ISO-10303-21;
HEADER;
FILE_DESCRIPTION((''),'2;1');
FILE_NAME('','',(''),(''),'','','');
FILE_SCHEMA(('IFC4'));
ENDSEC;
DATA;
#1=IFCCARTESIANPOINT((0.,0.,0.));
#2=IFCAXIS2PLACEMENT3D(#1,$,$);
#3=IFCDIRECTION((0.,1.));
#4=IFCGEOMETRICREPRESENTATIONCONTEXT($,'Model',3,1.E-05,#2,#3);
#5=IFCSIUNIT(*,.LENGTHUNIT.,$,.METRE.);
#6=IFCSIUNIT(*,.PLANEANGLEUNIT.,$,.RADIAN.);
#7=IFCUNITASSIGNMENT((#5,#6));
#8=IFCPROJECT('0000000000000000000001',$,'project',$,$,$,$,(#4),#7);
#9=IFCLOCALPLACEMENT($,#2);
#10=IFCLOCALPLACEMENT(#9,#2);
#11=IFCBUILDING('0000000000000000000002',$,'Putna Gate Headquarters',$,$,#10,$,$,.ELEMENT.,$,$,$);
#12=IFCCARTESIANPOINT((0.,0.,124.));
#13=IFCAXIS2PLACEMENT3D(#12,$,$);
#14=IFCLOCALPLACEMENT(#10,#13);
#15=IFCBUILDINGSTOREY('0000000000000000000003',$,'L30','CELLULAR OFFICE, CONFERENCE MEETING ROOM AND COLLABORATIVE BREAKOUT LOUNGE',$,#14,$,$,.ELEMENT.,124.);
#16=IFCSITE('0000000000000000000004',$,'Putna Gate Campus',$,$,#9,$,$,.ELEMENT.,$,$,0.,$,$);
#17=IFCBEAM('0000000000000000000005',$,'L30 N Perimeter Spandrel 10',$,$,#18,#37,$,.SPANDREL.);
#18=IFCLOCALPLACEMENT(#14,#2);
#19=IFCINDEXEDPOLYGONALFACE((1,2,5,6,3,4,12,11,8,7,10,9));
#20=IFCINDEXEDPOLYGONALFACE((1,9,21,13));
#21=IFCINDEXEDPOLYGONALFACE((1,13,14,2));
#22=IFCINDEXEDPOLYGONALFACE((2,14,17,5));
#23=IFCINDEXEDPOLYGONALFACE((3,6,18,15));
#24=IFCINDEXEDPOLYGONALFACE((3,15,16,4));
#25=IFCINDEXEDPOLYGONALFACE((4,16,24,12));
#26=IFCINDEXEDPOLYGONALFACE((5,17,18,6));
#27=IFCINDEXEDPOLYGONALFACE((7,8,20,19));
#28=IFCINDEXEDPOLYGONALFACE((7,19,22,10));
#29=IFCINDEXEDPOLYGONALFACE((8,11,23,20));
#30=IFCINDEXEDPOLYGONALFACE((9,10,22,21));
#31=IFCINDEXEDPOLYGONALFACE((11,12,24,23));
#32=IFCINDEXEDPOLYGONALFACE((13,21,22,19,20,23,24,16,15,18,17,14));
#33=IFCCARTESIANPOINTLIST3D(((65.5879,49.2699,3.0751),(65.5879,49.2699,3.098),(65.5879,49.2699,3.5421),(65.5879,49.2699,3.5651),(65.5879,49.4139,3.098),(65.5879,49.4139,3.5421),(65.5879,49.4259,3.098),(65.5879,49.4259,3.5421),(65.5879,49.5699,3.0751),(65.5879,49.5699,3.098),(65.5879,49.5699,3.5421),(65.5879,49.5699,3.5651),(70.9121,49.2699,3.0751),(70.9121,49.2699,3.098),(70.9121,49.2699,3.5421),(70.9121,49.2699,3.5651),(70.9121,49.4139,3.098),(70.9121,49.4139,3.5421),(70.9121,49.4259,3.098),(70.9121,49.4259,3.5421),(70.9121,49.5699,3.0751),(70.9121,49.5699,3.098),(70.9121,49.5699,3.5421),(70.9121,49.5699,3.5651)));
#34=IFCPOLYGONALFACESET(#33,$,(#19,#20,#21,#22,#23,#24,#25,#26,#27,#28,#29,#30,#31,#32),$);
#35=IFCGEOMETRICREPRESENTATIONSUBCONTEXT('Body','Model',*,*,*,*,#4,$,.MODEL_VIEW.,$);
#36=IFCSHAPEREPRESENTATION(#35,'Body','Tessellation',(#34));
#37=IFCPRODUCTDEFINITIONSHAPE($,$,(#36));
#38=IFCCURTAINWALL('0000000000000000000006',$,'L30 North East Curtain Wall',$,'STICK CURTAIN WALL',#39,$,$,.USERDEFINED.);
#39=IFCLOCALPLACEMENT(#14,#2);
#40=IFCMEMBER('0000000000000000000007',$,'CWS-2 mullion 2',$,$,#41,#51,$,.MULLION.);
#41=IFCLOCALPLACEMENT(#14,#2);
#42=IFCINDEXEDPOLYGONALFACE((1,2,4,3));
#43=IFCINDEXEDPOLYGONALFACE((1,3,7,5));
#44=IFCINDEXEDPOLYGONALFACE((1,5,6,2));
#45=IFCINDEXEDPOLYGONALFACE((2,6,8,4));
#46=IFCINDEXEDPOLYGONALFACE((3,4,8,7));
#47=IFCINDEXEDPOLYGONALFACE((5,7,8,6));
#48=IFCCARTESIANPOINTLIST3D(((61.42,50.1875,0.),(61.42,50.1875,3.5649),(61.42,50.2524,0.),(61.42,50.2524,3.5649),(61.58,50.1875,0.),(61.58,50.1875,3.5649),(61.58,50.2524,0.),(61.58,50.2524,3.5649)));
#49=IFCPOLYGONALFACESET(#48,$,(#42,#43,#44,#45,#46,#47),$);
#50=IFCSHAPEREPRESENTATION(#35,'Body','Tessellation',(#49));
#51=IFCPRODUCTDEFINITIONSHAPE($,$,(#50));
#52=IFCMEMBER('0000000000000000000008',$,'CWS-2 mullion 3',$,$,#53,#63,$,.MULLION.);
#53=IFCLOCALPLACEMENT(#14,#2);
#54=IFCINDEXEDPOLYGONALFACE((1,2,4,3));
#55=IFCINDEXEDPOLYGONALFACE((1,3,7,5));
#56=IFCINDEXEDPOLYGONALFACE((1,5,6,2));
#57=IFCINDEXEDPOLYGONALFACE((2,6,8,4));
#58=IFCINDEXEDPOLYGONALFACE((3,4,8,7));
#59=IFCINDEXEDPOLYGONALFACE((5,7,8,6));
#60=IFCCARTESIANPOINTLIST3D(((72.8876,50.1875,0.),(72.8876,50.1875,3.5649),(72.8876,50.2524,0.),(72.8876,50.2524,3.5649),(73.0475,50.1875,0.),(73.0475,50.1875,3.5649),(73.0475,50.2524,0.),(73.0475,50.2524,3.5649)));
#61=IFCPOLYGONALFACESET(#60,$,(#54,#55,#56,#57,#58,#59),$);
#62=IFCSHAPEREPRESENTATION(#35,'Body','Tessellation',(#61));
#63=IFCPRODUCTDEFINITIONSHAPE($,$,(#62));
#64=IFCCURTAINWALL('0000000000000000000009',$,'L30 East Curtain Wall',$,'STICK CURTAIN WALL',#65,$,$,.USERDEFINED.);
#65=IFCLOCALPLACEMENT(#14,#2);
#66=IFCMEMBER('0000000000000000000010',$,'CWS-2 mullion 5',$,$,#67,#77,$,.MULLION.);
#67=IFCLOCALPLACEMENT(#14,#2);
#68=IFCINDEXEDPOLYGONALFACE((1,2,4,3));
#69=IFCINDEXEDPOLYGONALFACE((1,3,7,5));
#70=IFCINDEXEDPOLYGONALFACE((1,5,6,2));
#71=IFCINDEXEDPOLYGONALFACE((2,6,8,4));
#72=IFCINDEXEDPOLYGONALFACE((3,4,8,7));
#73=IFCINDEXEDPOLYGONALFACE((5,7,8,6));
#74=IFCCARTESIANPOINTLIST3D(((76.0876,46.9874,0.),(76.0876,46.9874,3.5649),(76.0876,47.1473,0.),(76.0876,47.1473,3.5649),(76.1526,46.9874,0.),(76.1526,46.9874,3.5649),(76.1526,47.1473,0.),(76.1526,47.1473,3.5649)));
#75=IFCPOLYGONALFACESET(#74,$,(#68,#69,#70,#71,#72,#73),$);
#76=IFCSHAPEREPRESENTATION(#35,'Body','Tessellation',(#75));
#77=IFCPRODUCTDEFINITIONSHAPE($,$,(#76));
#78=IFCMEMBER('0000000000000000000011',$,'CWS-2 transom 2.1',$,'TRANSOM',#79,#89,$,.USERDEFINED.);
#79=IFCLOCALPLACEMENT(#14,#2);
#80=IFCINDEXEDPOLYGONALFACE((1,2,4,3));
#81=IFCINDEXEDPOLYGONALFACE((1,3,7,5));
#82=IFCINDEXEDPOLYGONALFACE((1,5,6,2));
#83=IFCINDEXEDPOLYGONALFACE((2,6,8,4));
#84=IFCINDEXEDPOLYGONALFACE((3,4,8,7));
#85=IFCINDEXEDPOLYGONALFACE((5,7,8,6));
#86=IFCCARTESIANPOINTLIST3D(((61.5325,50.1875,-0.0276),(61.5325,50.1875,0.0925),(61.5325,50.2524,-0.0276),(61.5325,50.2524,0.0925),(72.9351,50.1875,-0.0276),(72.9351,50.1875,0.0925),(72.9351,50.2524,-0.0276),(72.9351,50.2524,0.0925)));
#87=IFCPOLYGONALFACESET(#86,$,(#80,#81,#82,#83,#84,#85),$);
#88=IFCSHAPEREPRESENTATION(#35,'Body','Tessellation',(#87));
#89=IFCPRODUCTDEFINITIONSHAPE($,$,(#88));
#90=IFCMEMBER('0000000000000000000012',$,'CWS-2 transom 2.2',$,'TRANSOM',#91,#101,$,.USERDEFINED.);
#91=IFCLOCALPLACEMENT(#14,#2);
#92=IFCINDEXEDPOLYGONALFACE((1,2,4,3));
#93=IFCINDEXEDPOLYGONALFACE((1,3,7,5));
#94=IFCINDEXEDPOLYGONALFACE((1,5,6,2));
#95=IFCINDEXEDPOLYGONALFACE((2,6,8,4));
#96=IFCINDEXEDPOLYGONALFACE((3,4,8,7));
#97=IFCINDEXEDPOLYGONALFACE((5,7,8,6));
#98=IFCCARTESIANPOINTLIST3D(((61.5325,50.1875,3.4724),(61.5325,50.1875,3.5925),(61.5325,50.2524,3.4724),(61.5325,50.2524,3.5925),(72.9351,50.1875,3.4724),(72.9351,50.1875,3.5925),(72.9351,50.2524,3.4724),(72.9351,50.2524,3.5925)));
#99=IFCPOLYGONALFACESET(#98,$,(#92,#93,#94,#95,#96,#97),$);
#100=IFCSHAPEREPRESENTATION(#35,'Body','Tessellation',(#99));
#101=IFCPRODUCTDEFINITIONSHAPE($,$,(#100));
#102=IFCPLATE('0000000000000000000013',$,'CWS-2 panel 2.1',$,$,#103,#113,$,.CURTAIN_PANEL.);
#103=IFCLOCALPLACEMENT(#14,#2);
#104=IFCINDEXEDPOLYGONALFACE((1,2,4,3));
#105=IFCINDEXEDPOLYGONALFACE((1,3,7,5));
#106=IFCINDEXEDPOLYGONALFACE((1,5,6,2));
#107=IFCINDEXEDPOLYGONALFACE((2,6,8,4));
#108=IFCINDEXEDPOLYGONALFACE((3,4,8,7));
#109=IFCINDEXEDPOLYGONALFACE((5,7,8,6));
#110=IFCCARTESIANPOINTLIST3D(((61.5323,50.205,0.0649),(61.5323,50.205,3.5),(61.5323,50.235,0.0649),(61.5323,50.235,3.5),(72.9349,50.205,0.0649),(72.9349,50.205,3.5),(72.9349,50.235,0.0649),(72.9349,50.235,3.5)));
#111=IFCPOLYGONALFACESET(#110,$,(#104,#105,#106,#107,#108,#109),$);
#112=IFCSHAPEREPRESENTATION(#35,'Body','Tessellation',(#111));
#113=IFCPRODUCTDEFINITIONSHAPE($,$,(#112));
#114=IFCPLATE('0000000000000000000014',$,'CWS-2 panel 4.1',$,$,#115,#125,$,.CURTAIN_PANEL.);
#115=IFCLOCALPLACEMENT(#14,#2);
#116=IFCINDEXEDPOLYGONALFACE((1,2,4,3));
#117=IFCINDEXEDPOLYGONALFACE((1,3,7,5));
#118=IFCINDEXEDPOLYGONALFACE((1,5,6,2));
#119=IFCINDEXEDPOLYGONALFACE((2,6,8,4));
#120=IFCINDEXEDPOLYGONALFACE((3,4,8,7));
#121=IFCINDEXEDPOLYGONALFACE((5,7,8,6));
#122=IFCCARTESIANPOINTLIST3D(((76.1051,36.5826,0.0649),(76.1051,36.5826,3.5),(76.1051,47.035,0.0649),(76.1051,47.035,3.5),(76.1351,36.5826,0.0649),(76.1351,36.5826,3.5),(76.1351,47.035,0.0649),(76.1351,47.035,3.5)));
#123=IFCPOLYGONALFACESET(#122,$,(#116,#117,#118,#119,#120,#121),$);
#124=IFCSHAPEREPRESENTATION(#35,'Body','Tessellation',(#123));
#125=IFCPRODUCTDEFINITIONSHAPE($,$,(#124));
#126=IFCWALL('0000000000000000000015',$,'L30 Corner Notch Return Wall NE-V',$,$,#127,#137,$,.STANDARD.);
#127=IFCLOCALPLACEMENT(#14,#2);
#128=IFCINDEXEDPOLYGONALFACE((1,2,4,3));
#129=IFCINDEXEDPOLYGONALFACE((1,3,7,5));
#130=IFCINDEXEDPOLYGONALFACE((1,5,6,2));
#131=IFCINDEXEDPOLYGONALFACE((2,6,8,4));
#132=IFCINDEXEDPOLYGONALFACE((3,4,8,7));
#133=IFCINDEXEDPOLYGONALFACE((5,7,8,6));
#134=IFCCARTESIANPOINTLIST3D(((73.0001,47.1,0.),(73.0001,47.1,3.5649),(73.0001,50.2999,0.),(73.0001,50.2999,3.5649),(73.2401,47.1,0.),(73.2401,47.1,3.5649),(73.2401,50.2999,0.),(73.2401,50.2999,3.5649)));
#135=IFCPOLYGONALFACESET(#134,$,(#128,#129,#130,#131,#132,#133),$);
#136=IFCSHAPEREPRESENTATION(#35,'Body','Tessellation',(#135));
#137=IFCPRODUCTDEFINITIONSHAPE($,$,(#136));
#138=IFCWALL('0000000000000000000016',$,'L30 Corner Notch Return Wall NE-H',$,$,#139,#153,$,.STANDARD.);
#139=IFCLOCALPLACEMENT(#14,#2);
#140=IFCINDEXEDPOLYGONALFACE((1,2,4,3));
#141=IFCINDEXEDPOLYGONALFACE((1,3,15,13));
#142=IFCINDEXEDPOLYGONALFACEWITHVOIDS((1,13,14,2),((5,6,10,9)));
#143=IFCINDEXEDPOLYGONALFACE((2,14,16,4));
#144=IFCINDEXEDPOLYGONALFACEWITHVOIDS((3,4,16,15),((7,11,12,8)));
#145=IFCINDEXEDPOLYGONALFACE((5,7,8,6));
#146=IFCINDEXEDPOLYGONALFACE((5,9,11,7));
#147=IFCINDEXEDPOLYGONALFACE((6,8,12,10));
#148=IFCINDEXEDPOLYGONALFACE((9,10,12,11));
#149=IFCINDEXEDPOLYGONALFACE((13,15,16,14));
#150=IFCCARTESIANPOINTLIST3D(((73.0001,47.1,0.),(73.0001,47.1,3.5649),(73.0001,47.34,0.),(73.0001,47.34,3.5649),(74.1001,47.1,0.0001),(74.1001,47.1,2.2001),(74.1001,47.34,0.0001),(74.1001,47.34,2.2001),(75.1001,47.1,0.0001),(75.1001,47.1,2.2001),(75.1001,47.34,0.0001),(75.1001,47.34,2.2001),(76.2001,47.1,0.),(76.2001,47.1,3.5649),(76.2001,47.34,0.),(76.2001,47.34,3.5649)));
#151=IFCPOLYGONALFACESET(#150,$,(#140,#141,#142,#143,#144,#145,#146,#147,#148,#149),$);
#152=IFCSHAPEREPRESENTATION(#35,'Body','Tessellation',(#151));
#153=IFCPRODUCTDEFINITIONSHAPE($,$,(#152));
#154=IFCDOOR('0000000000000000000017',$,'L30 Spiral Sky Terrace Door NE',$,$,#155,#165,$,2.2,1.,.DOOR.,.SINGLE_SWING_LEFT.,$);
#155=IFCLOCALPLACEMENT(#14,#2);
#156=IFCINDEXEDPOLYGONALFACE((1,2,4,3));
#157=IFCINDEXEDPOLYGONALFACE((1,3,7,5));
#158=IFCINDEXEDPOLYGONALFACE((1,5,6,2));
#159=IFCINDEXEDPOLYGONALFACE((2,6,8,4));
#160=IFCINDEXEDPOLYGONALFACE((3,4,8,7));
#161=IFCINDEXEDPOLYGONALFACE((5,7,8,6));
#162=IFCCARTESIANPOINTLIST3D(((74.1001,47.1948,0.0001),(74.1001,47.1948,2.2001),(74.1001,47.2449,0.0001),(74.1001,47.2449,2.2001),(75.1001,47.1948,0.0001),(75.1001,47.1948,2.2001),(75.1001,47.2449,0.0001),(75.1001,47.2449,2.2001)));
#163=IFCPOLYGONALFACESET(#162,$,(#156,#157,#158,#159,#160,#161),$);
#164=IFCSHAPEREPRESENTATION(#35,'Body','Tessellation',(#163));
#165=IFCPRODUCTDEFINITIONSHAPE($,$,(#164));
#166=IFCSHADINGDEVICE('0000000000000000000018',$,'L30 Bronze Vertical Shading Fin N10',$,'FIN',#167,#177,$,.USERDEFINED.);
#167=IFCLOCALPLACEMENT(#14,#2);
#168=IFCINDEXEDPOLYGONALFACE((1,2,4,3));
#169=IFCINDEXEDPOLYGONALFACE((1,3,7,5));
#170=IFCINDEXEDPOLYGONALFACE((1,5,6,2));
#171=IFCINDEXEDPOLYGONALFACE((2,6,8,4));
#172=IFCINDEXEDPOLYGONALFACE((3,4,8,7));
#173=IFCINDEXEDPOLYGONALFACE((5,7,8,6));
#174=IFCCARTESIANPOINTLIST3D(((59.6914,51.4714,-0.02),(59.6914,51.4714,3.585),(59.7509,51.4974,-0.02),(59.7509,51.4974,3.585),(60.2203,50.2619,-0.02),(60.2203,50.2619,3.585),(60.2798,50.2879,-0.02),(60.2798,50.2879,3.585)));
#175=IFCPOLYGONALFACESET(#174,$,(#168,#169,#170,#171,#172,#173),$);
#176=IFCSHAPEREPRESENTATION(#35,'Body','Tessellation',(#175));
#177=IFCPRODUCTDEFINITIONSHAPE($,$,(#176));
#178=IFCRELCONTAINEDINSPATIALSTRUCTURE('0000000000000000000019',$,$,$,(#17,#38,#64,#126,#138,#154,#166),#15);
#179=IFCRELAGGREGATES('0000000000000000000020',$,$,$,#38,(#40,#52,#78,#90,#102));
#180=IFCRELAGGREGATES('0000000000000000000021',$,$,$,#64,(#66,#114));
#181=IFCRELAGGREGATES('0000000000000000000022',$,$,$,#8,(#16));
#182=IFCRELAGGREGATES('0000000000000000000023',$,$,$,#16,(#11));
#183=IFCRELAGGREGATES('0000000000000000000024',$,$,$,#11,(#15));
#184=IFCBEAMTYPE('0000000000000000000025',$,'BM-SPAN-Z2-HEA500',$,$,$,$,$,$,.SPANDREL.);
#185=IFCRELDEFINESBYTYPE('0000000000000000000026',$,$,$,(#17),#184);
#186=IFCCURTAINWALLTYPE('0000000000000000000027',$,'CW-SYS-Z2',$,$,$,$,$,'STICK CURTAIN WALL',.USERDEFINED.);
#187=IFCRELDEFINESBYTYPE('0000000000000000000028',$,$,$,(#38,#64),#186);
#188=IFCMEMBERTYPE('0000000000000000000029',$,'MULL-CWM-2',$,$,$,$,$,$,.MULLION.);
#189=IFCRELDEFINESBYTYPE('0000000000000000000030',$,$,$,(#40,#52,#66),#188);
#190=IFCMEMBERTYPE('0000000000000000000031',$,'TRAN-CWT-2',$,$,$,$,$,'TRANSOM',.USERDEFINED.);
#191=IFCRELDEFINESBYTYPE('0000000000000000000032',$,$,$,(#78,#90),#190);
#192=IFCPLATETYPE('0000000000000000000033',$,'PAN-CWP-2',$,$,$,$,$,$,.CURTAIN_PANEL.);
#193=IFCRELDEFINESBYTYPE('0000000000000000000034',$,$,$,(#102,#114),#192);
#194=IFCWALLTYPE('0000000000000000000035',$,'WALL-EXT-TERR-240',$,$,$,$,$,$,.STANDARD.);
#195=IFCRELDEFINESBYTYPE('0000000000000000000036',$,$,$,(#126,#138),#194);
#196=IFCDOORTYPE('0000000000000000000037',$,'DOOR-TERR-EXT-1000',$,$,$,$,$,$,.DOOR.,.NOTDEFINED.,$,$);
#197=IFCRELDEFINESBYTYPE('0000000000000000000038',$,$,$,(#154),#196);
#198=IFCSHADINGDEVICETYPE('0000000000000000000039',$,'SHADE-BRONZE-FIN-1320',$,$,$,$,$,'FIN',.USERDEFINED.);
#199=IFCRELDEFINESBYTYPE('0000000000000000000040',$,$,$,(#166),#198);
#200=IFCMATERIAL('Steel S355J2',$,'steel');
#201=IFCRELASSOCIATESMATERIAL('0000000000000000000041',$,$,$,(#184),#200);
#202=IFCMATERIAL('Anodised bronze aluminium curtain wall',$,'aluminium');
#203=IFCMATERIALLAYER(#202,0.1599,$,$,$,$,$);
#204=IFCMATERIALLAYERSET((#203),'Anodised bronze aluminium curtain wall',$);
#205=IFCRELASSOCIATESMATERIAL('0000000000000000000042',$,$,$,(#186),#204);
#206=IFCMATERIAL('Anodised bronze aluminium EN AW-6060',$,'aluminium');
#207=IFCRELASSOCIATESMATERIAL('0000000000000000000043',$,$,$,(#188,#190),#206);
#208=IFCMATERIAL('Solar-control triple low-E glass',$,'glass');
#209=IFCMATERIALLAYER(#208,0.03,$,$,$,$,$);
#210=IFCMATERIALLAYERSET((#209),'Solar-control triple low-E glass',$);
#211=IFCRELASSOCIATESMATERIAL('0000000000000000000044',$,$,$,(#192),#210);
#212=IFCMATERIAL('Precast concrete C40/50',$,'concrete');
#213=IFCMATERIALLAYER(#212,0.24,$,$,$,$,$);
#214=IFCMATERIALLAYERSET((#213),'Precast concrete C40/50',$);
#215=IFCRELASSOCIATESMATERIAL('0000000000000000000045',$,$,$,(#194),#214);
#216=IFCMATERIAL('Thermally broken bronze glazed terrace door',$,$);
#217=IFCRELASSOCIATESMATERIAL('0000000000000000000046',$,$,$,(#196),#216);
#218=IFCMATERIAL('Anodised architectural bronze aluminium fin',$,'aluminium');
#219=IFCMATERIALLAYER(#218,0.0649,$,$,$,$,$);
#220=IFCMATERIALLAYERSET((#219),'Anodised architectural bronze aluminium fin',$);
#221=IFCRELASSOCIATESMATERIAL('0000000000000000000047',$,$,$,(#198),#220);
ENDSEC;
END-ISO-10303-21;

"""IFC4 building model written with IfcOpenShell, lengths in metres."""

from ifc_helpers import new_model, si_unit, direction, frame, frame_2d, origin, origin_2d, place, context, subcontext, project, spatial, rectangle, i_section, extrude, material, layer, layer_set, material_profile, profile_set, type_object, element, fill, aggregate, save


model = new_model("IFC4")

# Units and contexts
model_context = context("Model", 3, precision=1e-05, world=origin(), true_north=direction((0.0, 1.0)))
body_context = subcontext(model_context, "Body", "Model", "MODEL_VIEW")
ifc_project = project(units=[si_unit("LENGTHUNIT", "METRE"), si_unit("PLANEANGLEUNIT", "RADIAN")], contexts=[model_context])

# Site, building, storey
site_placement = place(None, origin())
site = spatial("IfcSite", under=ifc_project, at=site_placement, Name="Putna Gate Campus", CompositionType="ELEMENT", RefElevation=0.0)
building_placement = place(site_placement, origin())
building = spatial("IfcBuilding", under=site, at=building_placement, Name="Putna Gate Headquarters", CompositionType="ELEMENT")
storey_placement = place(building_placement, frame((0.0, 0.0, 124.0)))
storey = spatial("IfcBuildingStorey", under=building, at=storey_placement, Name="L30", Description="CELLULAR OFFICE, CONFERENCE MEETING ROOM AND COLLABORATIVE BREAKOUT LOUNGE", CompositionType="ELEMENT", Elevation=124.0)

# Beam
ifc_material_1 = material(Name="Steel S355J2", Category="steel")
ifc_material_profile_1 = material_profile(ifc_material_1, i_section(OverallWidth=0.3, OverallDepth=0.49, WebThickness=0.012, FlangeThickness=0.0229, at=origin_2d()), Name="Steel S355J2")
ifc_profile_set_1 = profile_set([ifc_material_profile_1], Name="Steel S355J2")
beam_type_1 = type_object("IfcBeamType", Name="BM-SPAN-Z2-HEA500", PredefinedType="SPANDREL", material=ifc_profile_set_1)
for number, where, z_axis, x_axis, name in (
    (1, (65.5879, 49.4199, 3.3201), (1.0, 0.0, 0.0), (0.0, 1.0, 0.0), "L30 N Perimeter Spandrel 10"),
):
    element("IfcBeam", number, at=place(storey_placement, frame(where, z_axis=z_axis, x_axis=x_axis)), inside=storey, type_object=beam_type_1, Name=name, PredefinedType="SPANDREL", context=body_context, shape_type="SweptSolid", body=[
        extrude(i_section(OverallWidth=0.3, OverallDepth=0.49, WebThickness=0.012, FlangeThickness=0.0229, at=origin_2d()), origin(), (0.0, 0.0, 1.0), 5.3242),
    ])

# Curtain wall, members
ifc_material_2 = material(Name="Anodised bronze aluminium curtain wall", Category="aluminium")
ifc_layer_1 = layer(ifc_material_2, 0.1599)
ifc_layer_set_1 = layer_set([ifc_layer_1], Name="Anodised bronze aluminium curtain wall")
curtain_wall_type = type_object("IfcCurtainWallType", Name="CW-SYS-Z2", ElementType="STICK CURTAIN WALL", PredefinedType="USERDEFINED", material=ifc_layer_set_1)
curtain_wall_1_placement = place(storey_placement, origin())
curtain_wall_1 = element("IfcCurtainWall", 2, at=curtain_wall_1_placement, inside=storey, type_object=curtain_wall_type, Name="L30 North East Curtain Wall", ObjectType="STICK CURTAIN WALL", PredefinedType="USERDEFINED")
ifc_material_3 = material(Name="Anodised bronze aluminium EN AW-6060", Category="aluminium")
ifc_material_profile_2 = material_profile(ifc_material_3, rectangle(XDim=0.0649, YDim=0.1599, at=origin_2d()), Name="Anodised bronze aluminium EN AW-6060")
ifc_profile_set_2 = profile_set([ifc_material_profile_2], Name="Anodised bronze aluminium EN AW-6060")
member_type_1 = type_object("IfcMemberType", Name="MULL-CWM-2", PredefinedType="MULLION", material=ifc_profile_set_2)
member_1_placement = place(storey_placement, frame((61.5, 50.22, 0.0), z_axis=(0.0, 0.0, 1.0), x_axis=(0.0, 1.0, 0.0)))
member_1 = element("IfcMember", 3, at=member_1_placement, type_object=member_type_1, Name="CWS-2 mullion 2", PredefinedType="MULLION", context=body_context, shape_type="SweptSolid", body=[
    extrude(rectangle(XDim=0.0649, YDim=0.1599, at=origin_2d()), origin(), (0.0, 0.0, 1.0), 3.5649),
])
member_2_placement = place(storey_placement, frame((72.9675, 50.22, 0.0), z_axis=(0.0, 0.0, 1.0), x_axis=(0.0, 1.0, 0.0)))
member_2 = element("IfcMember", 4, at=member_2_placement, type_object=member_type_1, Name="CWS-2 mullion 3", PredefinedType="MULLION", context=body_context, shape_type="SweptSolid", body=[
    extrude(rectangle(XDim=0.0649, YDim=0.1599, at=origin_2d()), origin(), (0.0, 0.0, 1.0), 3.5649),
])

# Curtain wall, member
curtain_wall_2_placement = place(storey_placement, origin())
curtain_wall_2 = element("IfcCurtainWall", 5, at=curtain_wall_2_placement, inside=storey, type_object=curtain_wall_type, Name="L30 East Curtain Wall", ObjectType="STICK CURTAIN WALL", PredefinedType="USERDEFINED")
member_3_placement = place(storey_placement, frame((76.1201, 47.0674, 0.0), z_axis=(0.0, 0.0, 1.0), x_axis=(-1.0, 0.0, 0.0)))
member_3 = element("IfcMember", 6, at=member_3_placement, type_object=member_type_1, Name="CWS-2 mullion 5", PredefinedType="MULLION", context=body_context, shape_type="SweptSolid", body=[
    extrude(rectangle(XDim=0.0649, YDim=0.1599, at=origin_2d()), origin(), (0.0, 0.0, 1.0), 3.5649),
])

# Members
ifc_material_profile_3 = material_profile(ifc_material_3, rectangle(XDim=0.0649, YDim=0.1201, at=origin_2d()), Name="Anodised bronze aluminium EN AW-6060")
ifc_profile_set_3 = profile_set([ifc_material_profile_3], Name="Anodised bronze aluminium EN AW-6060")
member_type_2 = type_object("IfcMemberType", Name="TRAN-CWT-2", ElementType="TRANSOM", PredefinedType="USERDEFINED", material=ifc_profile_set_3)
member_4_placement = place(storey_placement, frame((61.5325, 50.22, 0.0325), z_axis=(1.0, 0.0, 0.0), x_axis=(0.0, 1.0, 0.0)))
member_4 = element("IfcMember", 7, at=member_4_placement, type_object=member_type_2, Name="CWS-2 transom 2.1", ObjectType="TRANSOM", PredefinedType="USERDEFINED", context=body_context, shape_type="SweptSolid", body=[
    extrude(rectangle(XDim=0.0649, YDim=0.1201, at=origin_2d()), origin(), (0.0, 0.0, 1.0), 11.4026),
])
member_5_placement = place(storey_placement, frame((61.5325, 50.22, 3.5325), z_axis=(1.0, 0.0, 0.0), x_axis=(0.0, 1.0, 0.0)))
member_5 = element("IfcMember", 8, at=member_5_placement, type_object=member_type_2, Name="CWS-2 transom 2.2", ObjectType="TRANSOM", PredefinedType="USERDEFINED", context=body_context, shape_type="SweptSolid", body=[
    extrude(rectangle(XDim=0.0649, YDim=0.1201, at=origin_2d()), origin(), (0.0, 0.0, 1.0), 11.4026),
])

# Plates
ifc_material_4 = material(Name="Solar-control triple low-E glass", Category="glass")
ifc_layer_2 = layer(ifc_material_4, 0.03)
ifc_layer_set_2 = layer_set([ifc_layer_2], Name="Solar-control triple low-E glass")
plate_type = type_object("IfcPlateType", Name="PAN-CWP-2", PredefinedType="CURTAIN_PANEL", material=ifc_layer_set_2)
plate_1_placement = place(storey_placement, frame((67.2336, 50.22, 0.0649), z_axis=(0.0, 0.0, 1.0), x_axis=(1.0, 0.0, 0.0)))
plate_1 = element("IfcPlate", 9, at=plate_1_placement, type_object=plate_type, Name="CWS-2 panel 2.1", PredefinedType="CURTAIN_PANEL", context=body_context, shape_type="SweptSolid", body=[
    extrude(rectangle(XDim=11.4026, YDim=0.03, at=origin_2d()), origin(), (0.0, 0.0, 1.0), 3.4351),
])
aggregate(curtain_wall_1, [member_1, member_2, member_4, member_5, plate_1])
plate_2_placement = place(storey_placement, frame((76.1201, 41.8088, 0.0649), z_axis=(0.0, 0.0, 1.0), x_axis=(0.0, 1.0, 0.0)))
plate_2 = element("IfcPlate", 10, at=plate_2_placement, type_object=plate_type, Name="CWS-2 panel 4.1", PredefinedType="CURTAIN_PANEL", context=body_context, shape_type="SweptSolid", body=[
    extrude(rectangle(XDim=10.4524, YDim=0.03, at=origin_2d()), origin(), (0.0, 0.0, 1.0), 3.4351),
])
aggregate(curtain_wall_2, [member_3, plate_2])

# Wall
ifc_material_5 = material(Name="Precast concrete C40/50", Category="concrete")
ifc_layer_3 = layer(ifc_material_5, 0.24)
ifc_layer_set_3 = layer_set([ifc_layer_3], Name="Precast concrete C40/50")
wall_type = type_object("IfcWallType", Name="WALL-EXT-TERR-240", PredefinedType="STANDARD", material=ifc_layer_set_3)
wall_1_placement = place(storey_placement, frame((73.1201, 50.3, 0.0), z_axis=(0.0, 0.0, 1.0), x_axis=(0.0, -1.0, 0.0)))
element("IfcWall", 11, at=wall_1_placement, inside=storey, type_object=wall_type, Name="L30 Corner Notch Return Wall NE-V", PredefinedType="STANDARD", context=body_context, shape_type="SweptSolid", body=[
    extrude(rectangle(XDim=3.2, YDim=0.24, at=frame_2d((1.6001, 0.0))), origin(), (0.0, 0.0, 1.0), 3.5649),
])

# Wall, opening, door
wall_2_placement = place(storey_placement, frame((73.0, 47.22, 0.0), z_axis=(0.0, 0.0, 1.0), x_axis=(1.0, 0.0, 0.0)))
wall_2 = element("IfcWall", 12, at=wall_2_placement, inside=storey, type_object=wall_type, Name="L30 Corner Notch Return Wall NE-H", PredefinedType="STANDARD", context=body_context, shape_type="SweptSolid", body=[
    extrude(rectangle(XDim=3.2, YDim=0.24, at=frame_2d((1.6001, 0.0))), origin(), (0.0, 0.0, 1.0), 3.5649),
])
opening_placement = place(wall_2_placement, frame((1.1001, 0.0, 0.0)))
opening = element("IfcOpeningElement", 13, at=opening_placement, cuts=wall_2, PredefinedType="OPENING", context=body_context, shape_type="SweptSolid", body=[
    extrude(rectangle(XDim=1.0, YDim=2.2, at=frame_2d((0.5, 1.1001))), frame((0.0, 0.1299, 0.0), z_axis=(0.0, -1.0, 0.0), x_axis=(1.0, 0.0, 0.0)), (0.0, 0.0, 1.0), 0.26),
])
ifc_material_6 = material(Name="Thermally broken bronze glazed terrace door")
door_type = type_object("IfcDoorType", Name="DOOR-TERR-EXT-1000", OperationType="NOTDEFINED", PredefinedType="DOOR", material=ifc_material_6)
door_placement = place(opening_placement, origin())
door = element("IfcDoor", 14, at=door_placement, inside=storey, type_object=door_type, Name="L30 Spiral Sky Terrace Door NE", OperationType="SINGLE_SWING_LEFT", OverallHeight=2.2, OverallWidth=1.0, PredefinedType="DOOR", context=body_context, shape_type="SweptSolid", body=[
    extrude(rectangle(XDim=1.0, YDim=2.2, at=frame_2d((0.5, 1.1001))), frame((0.0, 0.0249, 0.0), z_axis=(0.0, -1.0, 0.0), x_axis=(1.0, 0.0, 0.0)), (0.0, 0.0, 1.0), 0.05),
])
fill(opening, door)

# Shading device
ifc_material_7 = material(Name="Anodised architectural bronze aluminium fin", Category="aluminium")
ifc_layer_4 = layer(ifc_material_7, 0.0649)
ifc_layer_set_4 = layer_set([ifc_layer_4], Name="Anodised architectural bronze aluminium fin")
shading_device_type = type_object("IfcShadingDeviceType", Name="SHADE-BRONZE-FIN-1320", ElementType="FIN", PredefinedType="USERDEFINED", material=ifc_layer_set_4)
for number, where, z_axis, x_axis, name in (
    (15, (59.9856, 50.8796, -0.02), (0.0, 0.0, 1.0), (-0.400669, 0.916223, 0.0), "L30 Bronze Vertical Shading Fin N10"),
):
    element("IfcShadingDevice", number, at=place(storey_placement, frame(where, z_axis=z_axis, x_axis=x_axis)), inside=storey, type_object=shading_device_type, Name=name, ObjectType="FIN", PredefinedType="USERDEFINED", context=body_context, shape_type="SweptSolid", body=[
        extrude(rectangle(XDim=1.3201, YDim=0.0649, at=origin_2d()), origin(), (0.0, 0.0, 1.0), 3.605),
    ])

save(model, "model.ifc")
